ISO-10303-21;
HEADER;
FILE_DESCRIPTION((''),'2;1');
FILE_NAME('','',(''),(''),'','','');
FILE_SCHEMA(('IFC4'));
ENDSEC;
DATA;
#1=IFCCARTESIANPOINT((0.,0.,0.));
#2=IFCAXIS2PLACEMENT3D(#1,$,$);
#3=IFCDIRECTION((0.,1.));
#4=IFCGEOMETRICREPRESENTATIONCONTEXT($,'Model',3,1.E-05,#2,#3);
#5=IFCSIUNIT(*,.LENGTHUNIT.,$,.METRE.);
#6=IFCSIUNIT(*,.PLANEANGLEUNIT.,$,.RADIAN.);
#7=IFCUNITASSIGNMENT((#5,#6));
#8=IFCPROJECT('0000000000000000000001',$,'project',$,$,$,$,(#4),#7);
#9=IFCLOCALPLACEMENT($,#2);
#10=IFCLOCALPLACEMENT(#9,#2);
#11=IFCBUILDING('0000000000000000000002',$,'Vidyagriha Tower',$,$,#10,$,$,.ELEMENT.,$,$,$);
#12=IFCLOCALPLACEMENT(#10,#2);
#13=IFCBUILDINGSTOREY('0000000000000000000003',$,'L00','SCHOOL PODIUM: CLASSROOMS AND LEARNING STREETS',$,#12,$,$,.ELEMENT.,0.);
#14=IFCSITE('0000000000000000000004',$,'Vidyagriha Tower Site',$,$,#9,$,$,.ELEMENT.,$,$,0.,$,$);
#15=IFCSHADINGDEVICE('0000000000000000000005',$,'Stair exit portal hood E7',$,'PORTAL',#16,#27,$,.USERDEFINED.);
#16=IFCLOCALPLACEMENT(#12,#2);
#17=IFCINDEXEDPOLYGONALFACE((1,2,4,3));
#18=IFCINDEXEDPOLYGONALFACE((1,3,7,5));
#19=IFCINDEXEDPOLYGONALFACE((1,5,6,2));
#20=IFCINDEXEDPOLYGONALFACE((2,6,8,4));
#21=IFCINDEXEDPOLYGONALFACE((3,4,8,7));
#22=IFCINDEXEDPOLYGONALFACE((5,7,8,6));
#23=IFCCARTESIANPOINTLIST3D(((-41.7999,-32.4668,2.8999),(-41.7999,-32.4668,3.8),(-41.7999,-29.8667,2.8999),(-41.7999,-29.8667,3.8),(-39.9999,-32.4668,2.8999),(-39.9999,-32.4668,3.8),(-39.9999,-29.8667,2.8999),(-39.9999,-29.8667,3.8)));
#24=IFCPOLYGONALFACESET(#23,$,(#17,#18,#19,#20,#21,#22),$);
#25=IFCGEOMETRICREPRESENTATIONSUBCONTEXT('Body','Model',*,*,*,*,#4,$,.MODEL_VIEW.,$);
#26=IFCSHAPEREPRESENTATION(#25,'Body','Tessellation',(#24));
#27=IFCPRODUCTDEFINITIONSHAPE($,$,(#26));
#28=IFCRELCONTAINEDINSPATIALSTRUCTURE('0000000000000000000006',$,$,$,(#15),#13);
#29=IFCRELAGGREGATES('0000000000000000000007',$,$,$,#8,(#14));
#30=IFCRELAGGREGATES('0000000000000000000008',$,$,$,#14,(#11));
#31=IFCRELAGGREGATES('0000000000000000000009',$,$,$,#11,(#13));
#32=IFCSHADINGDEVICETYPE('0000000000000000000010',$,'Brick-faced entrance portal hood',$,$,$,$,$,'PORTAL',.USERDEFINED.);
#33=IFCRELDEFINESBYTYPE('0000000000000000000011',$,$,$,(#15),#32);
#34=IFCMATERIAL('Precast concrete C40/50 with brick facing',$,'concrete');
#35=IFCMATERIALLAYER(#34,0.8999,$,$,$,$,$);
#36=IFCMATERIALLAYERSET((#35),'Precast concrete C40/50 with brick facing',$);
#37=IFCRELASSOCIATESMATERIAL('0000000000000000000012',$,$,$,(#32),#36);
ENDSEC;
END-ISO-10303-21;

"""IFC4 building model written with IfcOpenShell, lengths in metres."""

from ifc_helpers import new_model, si_unit, direction, frame, frame_2d, origin, place, context, subcontext, project, spatial, rectangle, extrude, material, layer, layer_set, type_object, element, save


model = new_model("IFC4")

# Units and contexts
model_context = context("Model", 3, precision=1e-05, world=origin(), true_north=direction((0.0, 1.0)))
body_context = subcontext(model_context, "Body", "Model", "MODEL_VIEW")
ifc_project = project(units=[si_unit("LENGTHUNIT", "METRE"), si_unit("PLANEANGLEUNIT", "RADIAN")], contexts=[model_context])

# Site, building, storey
site_placement = place(None, origin())
site = spatial("IfcSite", under=ifc_project, at=site_placement, Name="Vidyagriha Tower Site", CompositionType="ELEMENT", RefElevation=0.0)
building_placement = place(site_placement, origin())
building = spatial("IfcBuilding", under=site, at=building_placement, Name="Vidyagriha Tower", CompositionType="ELEMENT")
storey_placement = place(building_placement, origin())
storey = spatial("IfcBuildingStorey", under=building, at=storey_placement, Name="L00", Description="SCHOOL PODIUM: CLASSROOMS AND LEARNING STREETS", CompositionType="ELEMENT", Elevation=0.0)

# Shading device
ifc_material_1 = material(Name="Precast concrete C40/50 with brick facing", Category="concrete")
ifc_layer_1 = layer(ifc_material_1, 0.8999)
ifc_layer_set_1 = layer_set([ifc_layer_1], Name="Precast concrete C40/50 with brick facing")
shading_device_type_1 = type_object("IfcShadingDeviceType", Name="Brick-faced entrance portal hood", ElementType="PORTAL", PredefinedType="USERDEFINED", material=ifc_layer_set_1)
shading_device_placement = place(storey_placement, frame((-40.8999, -29.8667, 2.8999), z_axis=(0.0, 0.0, 1.0), x_axis=(0.0, -1.0, 0.0)))
element("IfcShadingDevice", 1, at=shading_device_placement, inside=storey, type_object=shading_device_type_1, Name="Stair exit portal hood E7", ObjectType="PORTAL", PredefinedType="USERDEFINED", context=body_context, shape_type="SweptSolid", body=[
    extrude(rectangle(XDim=2.6001, YDim=1.8, at=frame_2d((1.3, 0.0))), origin(), (0.0, 0.0, 1.0), 0.9001),
])

save(model, "model.ifc")
